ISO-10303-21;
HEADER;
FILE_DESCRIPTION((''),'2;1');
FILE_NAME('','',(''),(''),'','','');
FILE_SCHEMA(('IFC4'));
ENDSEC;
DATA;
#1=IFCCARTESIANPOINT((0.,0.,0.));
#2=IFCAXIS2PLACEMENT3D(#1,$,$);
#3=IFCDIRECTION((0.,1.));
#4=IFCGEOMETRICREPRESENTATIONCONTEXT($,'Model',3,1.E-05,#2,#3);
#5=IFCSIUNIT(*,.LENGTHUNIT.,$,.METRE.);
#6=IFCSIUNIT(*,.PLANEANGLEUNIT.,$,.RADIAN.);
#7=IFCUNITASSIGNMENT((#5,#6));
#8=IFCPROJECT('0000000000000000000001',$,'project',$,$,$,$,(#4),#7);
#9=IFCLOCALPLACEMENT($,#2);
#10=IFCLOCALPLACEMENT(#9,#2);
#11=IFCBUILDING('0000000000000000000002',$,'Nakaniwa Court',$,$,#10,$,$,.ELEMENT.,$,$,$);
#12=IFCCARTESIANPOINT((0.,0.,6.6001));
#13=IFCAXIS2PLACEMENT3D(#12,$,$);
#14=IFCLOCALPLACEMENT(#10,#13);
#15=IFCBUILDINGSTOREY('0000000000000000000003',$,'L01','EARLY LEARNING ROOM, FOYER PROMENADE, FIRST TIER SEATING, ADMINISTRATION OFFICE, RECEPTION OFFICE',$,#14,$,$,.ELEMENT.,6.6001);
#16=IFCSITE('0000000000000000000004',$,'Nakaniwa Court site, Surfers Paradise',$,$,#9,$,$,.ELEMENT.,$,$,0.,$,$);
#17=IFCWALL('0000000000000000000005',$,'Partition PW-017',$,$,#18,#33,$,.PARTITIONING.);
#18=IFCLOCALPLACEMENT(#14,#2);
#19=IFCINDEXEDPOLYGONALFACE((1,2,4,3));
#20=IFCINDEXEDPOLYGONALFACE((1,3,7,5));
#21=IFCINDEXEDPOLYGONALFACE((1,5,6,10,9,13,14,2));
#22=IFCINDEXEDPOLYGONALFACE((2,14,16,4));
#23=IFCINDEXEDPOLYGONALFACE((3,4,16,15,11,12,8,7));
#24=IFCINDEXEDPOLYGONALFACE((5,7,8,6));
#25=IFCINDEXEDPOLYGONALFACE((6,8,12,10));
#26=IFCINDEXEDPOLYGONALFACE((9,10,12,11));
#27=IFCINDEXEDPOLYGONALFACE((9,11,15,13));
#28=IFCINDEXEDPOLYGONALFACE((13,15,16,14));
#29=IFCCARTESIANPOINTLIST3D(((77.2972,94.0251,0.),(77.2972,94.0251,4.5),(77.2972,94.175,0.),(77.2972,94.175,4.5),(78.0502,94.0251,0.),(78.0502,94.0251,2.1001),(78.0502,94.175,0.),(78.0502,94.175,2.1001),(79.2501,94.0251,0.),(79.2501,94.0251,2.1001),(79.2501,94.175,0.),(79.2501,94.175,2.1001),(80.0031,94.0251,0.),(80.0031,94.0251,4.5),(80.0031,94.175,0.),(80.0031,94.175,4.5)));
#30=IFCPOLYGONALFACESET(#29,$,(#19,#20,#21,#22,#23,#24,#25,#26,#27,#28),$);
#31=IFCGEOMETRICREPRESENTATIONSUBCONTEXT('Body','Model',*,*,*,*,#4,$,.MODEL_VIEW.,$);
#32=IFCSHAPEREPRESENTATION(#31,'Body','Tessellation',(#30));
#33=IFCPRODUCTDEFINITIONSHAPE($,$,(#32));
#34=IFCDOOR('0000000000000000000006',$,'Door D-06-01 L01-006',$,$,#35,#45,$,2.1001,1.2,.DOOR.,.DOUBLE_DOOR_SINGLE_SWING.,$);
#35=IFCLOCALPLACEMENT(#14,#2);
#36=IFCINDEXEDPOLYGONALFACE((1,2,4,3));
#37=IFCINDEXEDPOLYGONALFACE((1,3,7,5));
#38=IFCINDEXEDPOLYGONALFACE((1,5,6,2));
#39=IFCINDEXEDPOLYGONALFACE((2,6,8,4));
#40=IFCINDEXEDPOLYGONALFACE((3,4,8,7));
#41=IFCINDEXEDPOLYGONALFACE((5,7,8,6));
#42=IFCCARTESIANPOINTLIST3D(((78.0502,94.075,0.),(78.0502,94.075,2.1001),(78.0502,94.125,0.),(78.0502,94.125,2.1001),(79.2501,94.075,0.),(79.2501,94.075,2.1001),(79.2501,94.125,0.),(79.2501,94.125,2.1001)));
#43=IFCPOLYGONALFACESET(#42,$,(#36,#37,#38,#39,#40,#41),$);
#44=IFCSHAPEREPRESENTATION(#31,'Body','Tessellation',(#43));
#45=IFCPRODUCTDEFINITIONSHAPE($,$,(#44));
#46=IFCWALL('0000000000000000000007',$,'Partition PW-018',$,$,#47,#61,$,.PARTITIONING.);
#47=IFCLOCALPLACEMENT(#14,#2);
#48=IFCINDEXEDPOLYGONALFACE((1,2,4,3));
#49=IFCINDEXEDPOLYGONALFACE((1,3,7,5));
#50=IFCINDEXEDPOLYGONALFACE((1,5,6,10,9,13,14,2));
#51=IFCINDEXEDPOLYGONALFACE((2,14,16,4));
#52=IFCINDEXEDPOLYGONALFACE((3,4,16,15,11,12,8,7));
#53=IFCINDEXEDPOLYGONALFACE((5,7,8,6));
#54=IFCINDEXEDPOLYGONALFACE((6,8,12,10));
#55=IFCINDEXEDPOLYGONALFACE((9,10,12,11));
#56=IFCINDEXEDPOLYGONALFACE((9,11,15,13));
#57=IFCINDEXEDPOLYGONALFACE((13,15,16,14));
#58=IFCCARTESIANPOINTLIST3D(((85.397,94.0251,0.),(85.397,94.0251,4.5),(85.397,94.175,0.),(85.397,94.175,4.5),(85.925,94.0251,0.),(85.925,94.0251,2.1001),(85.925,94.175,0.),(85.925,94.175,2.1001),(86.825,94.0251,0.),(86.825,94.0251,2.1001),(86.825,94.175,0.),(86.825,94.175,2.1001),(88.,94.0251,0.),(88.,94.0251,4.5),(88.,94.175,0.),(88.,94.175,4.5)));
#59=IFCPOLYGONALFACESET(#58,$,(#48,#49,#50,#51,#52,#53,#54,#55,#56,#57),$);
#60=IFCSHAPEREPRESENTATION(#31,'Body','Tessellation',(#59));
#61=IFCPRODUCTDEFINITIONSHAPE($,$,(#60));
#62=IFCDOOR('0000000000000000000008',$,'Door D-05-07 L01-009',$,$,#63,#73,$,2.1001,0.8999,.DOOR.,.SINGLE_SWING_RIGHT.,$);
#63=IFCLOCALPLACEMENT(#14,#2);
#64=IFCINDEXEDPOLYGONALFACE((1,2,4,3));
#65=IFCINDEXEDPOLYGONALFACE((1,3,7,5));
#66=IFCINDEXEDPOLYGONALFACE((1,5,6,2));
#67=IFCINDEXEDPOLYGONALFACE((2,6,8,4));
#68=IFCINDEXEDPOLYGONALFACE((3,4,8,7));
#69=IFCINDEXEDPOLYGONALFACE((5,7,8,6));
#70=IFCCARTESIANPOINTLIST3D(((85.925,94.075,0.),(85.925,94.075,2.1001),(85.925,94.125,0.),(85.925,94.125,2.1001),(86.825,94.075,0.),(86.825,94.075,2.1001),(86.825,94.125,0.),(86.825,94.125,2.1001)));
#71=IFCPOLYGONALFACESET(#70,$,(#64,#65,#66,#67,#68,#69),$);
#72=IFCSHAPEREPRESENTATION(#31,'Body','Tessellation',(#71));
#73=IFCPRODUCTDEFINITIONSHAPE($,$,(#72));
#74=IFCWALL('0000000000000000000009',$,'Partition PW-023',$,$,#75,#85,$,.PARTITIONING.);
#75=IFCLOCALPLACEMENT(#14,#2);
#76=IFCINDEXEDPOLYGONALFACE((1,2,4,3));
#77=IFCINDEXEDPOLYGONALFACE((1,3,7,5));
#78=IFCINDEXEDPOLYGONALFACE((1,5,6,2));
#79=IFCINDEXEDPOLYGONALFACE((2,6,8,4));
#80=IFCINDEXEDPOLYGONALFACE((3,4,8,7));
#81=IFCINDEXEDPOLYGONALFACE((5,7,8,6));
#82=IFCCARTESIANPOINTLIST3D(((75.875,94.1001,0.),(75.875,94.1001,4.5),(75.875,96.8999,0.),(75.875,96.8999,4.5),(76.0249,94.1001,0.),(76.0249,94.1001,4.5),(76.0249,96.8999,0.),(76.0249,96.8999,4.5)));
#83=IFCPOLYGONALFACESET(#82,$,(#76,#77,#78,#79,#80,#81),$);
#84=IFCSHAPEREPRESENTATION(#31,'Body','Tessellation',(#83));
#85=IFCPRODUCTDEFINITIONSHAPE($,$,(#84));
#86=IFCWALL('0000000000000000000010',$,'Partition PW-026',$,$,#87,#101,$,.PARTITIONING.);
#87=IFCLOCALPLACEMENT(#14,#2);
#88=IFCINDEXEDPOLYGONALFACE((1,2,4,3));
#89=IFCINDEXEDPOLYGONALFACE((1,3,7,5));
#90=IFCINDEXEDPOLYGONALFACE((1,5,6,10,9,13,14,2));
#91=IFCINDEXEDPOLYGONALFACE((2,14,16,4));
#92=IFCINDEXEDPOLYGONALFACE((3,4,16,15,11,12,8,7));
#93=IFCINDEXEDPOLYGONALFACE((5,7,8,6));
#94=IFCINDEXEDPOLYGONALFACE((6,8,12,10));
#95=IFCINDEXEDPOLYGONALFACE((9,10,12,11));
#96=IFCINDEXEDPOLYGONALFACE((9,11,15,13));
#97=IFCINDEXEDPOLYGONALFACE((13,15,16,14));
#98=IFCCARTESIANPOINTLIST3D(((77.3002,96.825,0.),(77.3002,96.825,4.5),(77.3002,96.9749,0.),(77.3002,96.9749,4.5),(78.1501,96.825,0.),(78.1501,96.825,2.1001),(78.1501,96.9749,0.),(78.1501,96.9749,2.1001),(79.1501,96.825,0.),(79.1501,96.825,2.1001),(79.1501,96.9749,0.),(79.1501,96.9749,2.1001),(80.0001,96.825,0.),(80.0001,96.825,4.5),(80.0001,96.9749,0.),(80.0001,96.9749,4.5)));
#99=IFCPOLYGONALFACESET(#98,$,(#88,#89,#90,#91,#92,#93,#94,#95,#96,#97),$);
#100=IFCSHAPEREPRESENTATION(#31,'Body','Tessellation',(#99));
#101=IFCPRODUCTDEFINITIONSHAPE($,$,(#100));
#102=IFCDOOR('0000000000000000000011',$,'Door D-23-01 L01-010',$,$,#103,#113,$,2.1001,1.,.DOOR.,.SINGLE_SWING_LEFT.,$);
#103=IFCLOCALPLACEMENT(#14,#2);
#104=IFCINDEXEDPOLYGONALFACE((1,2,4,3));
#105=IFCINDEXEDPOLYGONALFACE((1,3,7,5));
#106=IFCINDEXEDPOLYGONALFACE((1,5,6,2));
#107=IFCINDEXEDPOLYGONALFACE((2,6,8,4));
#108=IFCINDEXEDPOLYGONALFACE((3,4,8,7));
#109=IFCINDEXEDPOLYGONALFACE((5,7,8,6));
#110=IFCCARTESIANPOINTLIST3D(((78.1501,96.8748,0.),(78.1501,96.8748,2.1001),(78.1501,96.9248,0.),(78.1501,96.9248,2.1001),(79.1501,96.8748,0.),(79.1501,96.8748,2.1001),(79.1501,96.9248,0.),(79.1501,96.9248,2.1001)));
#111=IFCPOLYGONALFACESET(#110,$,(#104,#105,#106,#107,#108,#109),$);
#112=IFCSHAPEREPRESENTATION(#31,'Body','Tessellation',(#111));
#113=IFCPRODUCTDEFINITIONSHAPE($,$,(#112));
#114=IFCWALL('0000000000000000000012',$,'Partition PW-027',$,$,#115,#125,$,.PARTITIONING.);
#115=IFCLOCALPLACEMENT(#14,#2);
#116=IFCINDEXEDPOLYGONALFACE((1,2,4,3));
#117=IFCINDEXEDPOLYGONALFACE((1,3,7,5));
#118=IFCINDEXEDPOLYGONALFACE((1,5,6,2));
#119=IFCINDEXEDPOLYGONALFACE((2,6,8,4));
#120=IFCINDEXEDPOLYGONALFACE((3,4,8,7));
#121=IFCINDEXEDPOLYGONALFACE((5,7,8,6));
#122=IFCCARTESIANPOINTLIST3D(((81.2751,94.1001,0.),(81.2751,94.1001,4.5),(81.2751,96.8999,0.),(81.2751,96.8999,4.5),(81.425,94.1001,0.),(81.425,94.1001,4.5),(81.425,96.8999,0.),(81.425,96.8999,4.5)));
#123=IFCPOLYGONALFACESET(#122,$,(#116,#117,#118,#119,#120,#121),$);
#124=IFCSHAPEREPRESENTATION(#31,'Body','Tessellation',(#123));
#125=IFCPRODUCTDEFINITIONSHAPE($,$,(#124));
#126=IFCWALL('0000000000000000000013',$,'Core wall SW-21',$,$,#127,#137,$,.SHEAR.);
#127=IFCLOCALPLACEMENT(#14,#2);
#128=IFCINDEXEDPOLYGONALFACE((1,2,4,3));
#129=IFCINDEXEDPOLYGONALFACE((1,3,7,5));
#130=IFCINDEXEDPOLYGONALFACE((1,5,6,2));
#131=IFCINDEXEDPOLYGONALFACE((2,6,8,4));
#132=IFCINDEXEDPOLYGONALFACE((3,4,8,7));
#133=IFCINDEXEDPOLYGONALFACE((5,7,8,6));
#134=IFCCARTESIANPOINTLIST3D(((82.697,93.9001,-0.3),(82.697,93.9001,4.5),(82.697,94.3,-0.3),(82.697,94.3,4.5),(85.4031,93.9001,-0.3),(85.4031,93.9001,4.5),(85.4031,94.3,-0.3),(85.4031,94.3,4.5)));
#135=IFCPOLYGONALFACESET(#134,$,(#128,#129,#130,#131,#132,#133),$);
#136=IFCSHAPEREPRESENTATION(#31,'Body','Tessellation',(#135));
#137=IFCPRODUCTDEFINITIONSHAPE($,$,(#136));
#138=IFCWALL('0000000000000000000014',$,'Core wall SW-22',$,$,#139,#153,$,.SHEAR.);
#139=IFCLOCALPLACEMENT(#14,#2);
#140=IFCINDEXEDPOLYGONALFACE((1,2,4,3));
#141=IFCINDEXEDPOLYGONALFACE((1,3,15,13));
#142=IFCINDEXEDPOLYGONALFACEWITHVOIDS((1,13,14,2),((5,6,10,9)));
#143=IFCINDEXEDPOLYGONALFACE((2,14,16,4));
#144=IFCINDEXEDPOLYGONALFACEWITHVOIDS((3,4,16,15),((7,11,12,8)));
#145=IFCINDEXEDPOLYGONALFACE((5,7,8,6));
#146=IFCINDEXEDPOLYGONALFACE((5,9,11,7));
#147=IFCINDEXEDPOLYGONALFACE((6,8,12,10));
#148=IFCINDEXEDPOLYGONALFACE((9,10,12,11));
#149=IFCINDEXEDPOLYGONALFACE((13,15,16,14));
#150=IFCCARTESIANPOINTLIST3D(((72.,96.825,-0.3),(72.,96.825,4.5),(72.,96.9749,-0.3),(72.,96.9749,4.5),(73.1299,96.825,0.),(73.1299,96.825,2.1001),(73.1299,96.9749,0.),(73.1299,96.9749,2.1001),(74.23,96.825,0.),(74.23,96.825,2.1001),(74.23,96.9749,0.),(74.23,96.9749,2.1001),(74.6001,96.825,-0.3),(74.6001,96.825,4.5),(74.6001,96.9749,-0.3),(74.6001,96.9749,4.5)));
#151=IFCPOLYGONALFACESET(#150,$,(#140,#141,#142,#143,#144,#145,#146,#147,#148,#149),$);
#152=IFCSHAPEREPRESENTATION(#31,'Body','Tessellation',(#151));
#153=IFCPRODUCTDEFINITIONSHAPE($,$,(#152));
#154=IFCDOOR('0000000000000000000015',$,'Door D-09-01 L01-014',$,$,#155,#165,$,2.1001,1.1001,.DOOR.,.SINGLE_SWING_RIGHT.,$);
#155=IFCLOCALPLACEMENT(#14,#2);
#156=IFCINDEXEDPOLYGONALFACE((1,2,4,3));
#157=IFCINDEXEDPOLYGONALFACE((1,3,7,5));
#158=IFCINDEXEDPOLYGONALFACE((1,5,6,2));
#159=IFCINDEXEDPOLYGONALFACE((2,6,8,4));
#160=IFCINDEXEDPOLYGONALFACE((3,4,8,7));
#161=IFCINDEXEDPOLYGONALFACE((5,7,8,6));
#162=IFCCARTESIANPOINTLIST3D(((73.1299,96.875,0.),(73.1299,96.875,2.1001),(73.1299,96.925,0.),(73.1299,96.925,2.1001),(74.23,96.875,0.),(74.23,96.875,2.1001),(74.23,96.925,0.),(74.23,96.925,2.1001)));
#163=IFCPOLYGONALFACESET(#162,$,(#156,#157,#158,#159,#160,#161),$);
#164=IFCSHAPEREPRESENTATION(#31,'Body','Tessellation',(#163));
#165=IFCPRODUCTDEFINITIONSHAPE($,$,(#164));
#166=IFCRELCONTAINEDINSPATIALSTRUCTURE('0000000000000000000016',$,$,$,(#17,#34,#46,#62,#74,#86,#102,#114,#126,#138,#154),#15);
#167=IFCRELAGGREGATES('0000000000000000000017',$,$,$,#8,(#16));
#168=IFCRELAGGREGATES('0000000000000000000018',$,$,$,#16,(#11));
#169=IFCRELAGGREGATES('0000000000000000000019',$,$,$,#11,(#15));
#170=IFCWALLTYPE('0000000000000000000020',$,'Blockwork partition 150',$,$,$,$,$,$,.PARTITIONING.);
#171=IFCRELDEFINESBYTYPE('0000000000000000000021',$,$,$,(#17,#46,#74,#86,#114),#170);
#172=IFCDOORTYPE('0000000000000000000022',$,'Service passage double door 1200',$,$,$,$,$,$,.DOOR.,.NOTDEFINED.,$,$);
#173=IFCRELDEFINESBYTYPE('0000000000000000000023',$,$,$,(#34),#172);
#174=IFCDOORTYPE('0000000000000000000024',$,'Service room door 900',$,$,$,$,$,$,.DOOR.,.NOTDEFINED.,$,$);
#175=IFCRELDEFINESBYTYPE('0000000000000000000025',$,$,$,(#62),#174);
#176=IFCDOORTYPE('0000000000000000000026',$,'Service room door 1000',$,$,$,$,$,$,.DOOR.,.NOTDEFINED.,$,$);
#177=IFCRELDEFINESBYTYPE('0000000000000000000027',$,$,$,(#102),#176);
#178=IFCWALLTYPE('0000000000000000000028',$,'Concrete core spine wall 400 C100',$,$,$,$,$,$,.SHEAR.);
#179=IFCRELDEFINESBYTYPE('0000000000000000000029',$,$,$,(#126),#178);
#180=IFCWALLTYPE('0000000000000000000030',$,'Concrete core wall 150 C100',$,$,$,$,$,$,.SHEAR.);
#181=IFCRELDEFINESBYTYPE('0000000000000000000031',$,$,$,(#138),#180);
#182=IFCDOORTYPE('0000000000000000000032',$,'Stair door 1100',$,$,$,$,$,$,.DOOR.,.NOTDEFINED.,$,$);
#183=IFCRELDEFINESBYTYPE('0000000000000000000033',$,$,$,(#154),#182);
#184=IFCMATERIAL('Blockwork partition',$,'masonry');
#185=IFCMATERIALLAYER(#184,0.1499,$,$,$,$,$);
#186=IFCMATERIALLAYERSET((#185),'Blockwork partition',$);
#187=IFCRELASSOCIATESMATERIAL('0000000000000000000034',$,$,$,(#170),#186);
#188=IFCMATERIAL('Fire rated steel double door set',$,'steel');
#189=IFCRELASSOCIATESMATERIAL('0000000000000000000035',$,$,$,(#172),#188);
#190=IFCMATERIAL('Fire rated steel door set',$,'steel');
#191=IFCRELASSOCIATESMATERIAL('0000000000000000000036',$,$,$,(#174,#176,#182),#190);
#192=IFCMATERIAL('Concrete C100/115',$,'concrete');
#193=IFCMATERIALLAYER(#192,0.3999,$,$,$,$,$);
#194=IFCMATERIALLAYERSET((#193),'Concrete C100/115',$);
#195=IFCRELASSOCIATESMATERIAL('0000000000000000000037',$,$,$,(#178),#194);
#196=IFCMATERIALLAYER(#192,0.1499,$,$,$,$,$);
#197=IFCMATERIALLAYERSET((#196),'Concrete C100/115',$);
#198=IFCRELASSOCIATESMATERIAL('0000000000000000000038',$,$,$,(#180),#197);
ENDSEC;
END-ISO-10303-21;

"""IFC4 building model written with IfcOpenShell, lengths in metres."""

from ifc_helpers import new_model, si_unit, direction, frame, frame_2d, origin, place, context, subcontext, project, spatial, rectangle, extrude, material, layer, layer_set, type_object, element, fill, save


model = new_model("IFC4")

# Units and contexts
model_context = context("Model", 3, precision=1e-05, world=origin(), true_north=direction((0.0, 1.0)))
body_context = subcontext(model_context, "Body", "Model", "MODEL_VIEW")
ifc_project = project(units=[si_unit("LENGTHUNIT", "METRE"), si_unit("PLANEANGLEUNIT", "RADIAN")], contexts=[model_context])

# Site, building, storey
site_placement = place(None, origin())
site = spatial("IfcSite", under=ifc_project, at=site_placement, Name="Nakaniwa Court site, Surfers Paradise", CompositionType="ELEMENT", RefElevation=0.0)
building_placement = place(site_placement, origin())
building = spatial("IfcBuilding", under=site, at=building_placement, Name="Nakaniwa Court", CompositionType="ELEMENT")
storey_placement = place(building_placement, frame((0.0, 0.0, 6.6001)))
storey = spatial("IfcBuildingStorey", under=building, at=storey_placement, Name="L01", Description="EARLY LEARNING ROOM, FOYER PROMENADE, FIRST TIER SEATING, ADMINISTRATION OFFICE, RECEPTION OFFICE", CompositionType="ELEMENT", Elevation=6.6001)

# Walls, openings, doors
ifc_material_1 = material(Name="Blockwork partition", Category="masonry")
ifc_layer_1 = layer(ifc_material_1, 0.1499)
ifc_layer_set_1 = layer_set([ifc_layer_1], Name="Blockwork partition")
wall_type_1 = type_object("IfcWallType", Name="Blockwork partition 150", PredefinedType="PARTITIONING", material=ifc_layer_set_1)
wall_1_placement = place(storey_placement, frame((77.2971, 94.1001, 0.0), z_axis=(0.0, 0.0, 1.0), x_axis=(1.0, 0.0, 0.0)))
wall_1 = element("IfcWall", 1, at=wall_1_placement, inside=storey, type_object=wall_type_1, Name="Partition PW-017", PredefinedType="PARTITIONING", context=body_context, shape_type="SweptSolid", body=[
    extrude(rectangle(XDim=2.7058, YDim=0.1499, at=frame_2d((1.353, 0.0))), origin(), (0.0, 0.0, 1.0), 4.5),
])
opening_1_placement = place(wall_1_placement, frame((0.7529, 0.0, 0.0)))
opening_1 = element("IfcOpeningElement", 2, at=opening_1_placement, cuts=wall_1, PredefinedType="OPENING", context=body_context, shape_type="SweptSolid", body=[
    extrude(rectangle(XDim=1.2, YDim=2.1001, at=frame_2d((0.6001, 1.05))), frame((0.0, 0.085, 0.0), z_axis=(0.0, -1.0, 0.0), x_axis=(1.0, 0.0, 0.0)), (0.0, 0.0, 1.0), 0.1699),
])
ifc_material_2 = material(Name="Fire rated steel double door set", Category="steel")
door_type_1 = type_object("IfcDoorType", Name="Service passage double door 1200", OperationType="NOTDEFINED", PredefinedType="DOOR", material=ifc_material_2)
door_1_placement = place(opening_1_placement, origin())
door_1 = element("IfcDoor", 3, at=door_1_placement, inside=storey, type_object=door_type_1, Name="Door D-06-01 L01-006", OperationType="DOUBLE_DOOR_SINGLE_SWING", OverallHeight=2.1001, OverallWidth=1.2, PredefinedType="DOOR", context=body_context, shape_type="SweptSolid", body=[
    extrude(rectangle(XDim=1.2, YDim=2.1001, at=frame_2d((0.6001, 1.05))), frame((0.0, 0.0249, 0.0), z_axis=(0.0, -1.0, 0.0), x_axis=(1.0, 0.0, 0.0)), (0.0, 0.0, 1.0), 0.05),
])
fill(opening_1, door_1)
wall_2_placement = place(storey_placement, frame((85.397, 94.1001, 0.0), z_axis=(0.0, 0.0, 1.0), x_axis=(1.0, 0.0, 0.0)))
wall_2 = element("IfcWall", 4, at=wall_2_placement, inside=storey, type_object=wall_type_1, Name="Partition PW-018", PredefinedType="PARTITIONING", context=body_context, shape_type="SweptSolid", body=[
    extrude(rectangle(XDim=2.603, YDim=0.1499, at=frame_2d((1.3015, 0.0))), origin(), (0.0, 0.0, 1.0), 4.5),
])
opening_2_placement = place(wall_2_placement, frame((0.5281, 0.0, 0.0)))
opening_2 = element("IfcOpeningElement", 5, at=opening_2_placement, cuts=wall_2, PredefinedType="OPENING", context=body_context, shape_type="SweptSolid", body=[
    extrude(rectangle(XDim=0.8999, YDim=2.1001, at=frame_2d((0.45, 1.05))), frame((0.0, 0.085, 0.0), z_axis=(0.0, -1.0, 0.0), x_axis=(1.0, 0.0, 0.0)), (0.0, 0.0, 1.0), 0.1699),
])
ifc_material_3 = material(Name="Fire rated steel door set", Category="steel")
door_type_2 = type_object("IfcDoorType", Name="Service room door 900", OperationType="NOTDEFINED", PredefinedType="DOOR", material=ifc_material_3)
door_2_placement = place(opening_2_placement, origin())
door_2 = element("IfcDoor", 6, at=door_2_placement, inside=storey, type_object=door_type_2, Name="Door D-05-07 L01-009", OperationType="SINGLE_SWING_RIGHT", OverallHeight=2.1001, OverallWidth=0.8999, PredefinedType="DOOR", context=body_context, shape_type="SweptSolid", body=[
    extrude(rectangle(XDim=0.8999, YDim=2.1001, at=frame_2d((0.45, 1.05))), frame((0.0, 0.0249, 0.0), z_axis=(0.0, -1.0, 0.0), x_axis=(1.0, 0.0, 0.0)), (0.0, 0.0, 1.0), 0.05),
])
fill(opening_2, door_2)

# Wall
wall_3_placement = place(storey_placement, frame((75.95, 94.1001, 0.0), z_axis=(0.0, 0.0, 1.0), x_axis=(0.0, 1.0, 0.0)))
element("IfcWall", 7, at=wall_3_placement, inside=storey, type_object=wall_type_1, Name="Partition PW-023", PredefinedType="PARTITIONING", context=body_context, shape_type="SweptSolid", body=[
    extrude(rectangle(XDim=2.7998, YDim=0.1499, at=frame_2d((1.3999, 0.0))), origin(), (0.0, 0.0, 1.0), 4.5),
])

# Wall, opening, door
wall_4_placement = place(storey_placement, frame((77.3, 96.8999, 0.0), z_axis=(0.0, 0.0, 1.0), x_axis=(1.0, 0.0, 0.0)))
wall_4 = element("IfcWall", 8, at=wall_4_placement, inside=storey, type_object=wall_type_1, Name="Partition PW-026", PredefinedType="PARTITIONING", context=body_context, shape_type="SweptSolid", body=[
    extrude(rectangle(XDim=2.7, YDim=0.1499, at=frame_2d((1.3501, 0.0))), origin(), (0.0, 0.0, 1.0), 4.5),
])
opening_3_placement = place(wall_4_placement, frame((0.8501, 0.0, 0.0)))
opening_3 = element("IfcOpeningElement", 9, at=opening_3_placement, cuts=wall_4, PredefinedType="OPENING", context=body_context, shape_type="SweptSolid", body=[
    extrude(rectangle(XDim=1.0, YDim=2.1001, at=frame_2d((0.5, 1.05))), frame((0.0, 0.085, 0.0), z_axis=(0.0, -1.0, 0.0), x_axis=(1.0, 0.0, 0.0)), (0.0, 0.0, 1.0), 0.1699),
])
door_type_3 = type_object("IfcDoorType", Name="Service room door 1000", OperationType="NOTDEFINED", PredefinedType="DOOR", material=ifc_material_3)
door_3_placement = place(opening_3_placement, origin())
door_3 = element("IfcDoor", 10, at=door_3_placement, inside=storey, type_object=door_type_3, Name="Door D-23-01 L01-010", OperationType="SINGLE_SWING_LEFT", OverallHeight=2.1001, OverallWidth=1.0, PredefinedType="DOOR", context=body_context, shape_type="SweptSolid", body=[
    extrude(rectangle(XDim=1.0, YDim=2.1001, at=frame_2d((0.5, 1.05))), frame((0.0, 0.0249, 0.0), z_axis=(0.0, -1.0, 0.0), x_axis=(1.0, 0.0, 0.0)), (0.0, 0.0, 1.0), 0.05),
])
fill(opening_3, door_3)

# Walls
wall_5_placement = place(storey_placement, frame((81.3501, 94.1001, 0.0), z_axis=(0.0, 0.0, 1.0), x_axis=(0.0, 1.0, 0.0)))
element("IfcWall", 11, at=wall_5_placement, inside=storey, type_object=wall_type_1, Name="Partition PW-027", PredefinedType="PARTITIONING", context=body_context, shape_type="SweptSolid", body=[
    extrude(rectangle(XDim=2.7998, YDim=0.1499, at=frame_2d((1.3999, 0.0))), origin(), (0.0, 0.0, 1.0), 4.5),
])
ifc_material_4 = material(Name="Concrete C100/115", Category="concrete")
ifc_layer_2 = layer(ifc_material_4, 0.3999)
ifc_layer_set_2 = layer_set([ifc_layer_2], Name="Concrete C100/115")
wall_type_2 = type_object("IfcWallType", Name="Concrete core spine wall 400 C100", PredefinedType="SHEAR", material=ifc_layer_set_2)
wall_6_placement = place(storey_placement, frame((82.697, 94.1001, -0.3), z_axis=(0.0, 0.0, 1.0), x_axis=(1.0, 0.0, 0.0)))
element("IfcWall", 12, at=wall_6_placement, inside=storey, type_object=wall_type_2, Name="Core wall SW-21", PredefinedType="SHEAR", context=body_context, shape_type="SweptSolid", body=[
    extrude(rectangle(XDim=2.7061, YDim=0.3999, at=frame_2d((1.353, 0.0))), origin(), (0.0, 0.0, 1.0), 4.8),
])

# Wall, opening, door
ifc_layer_3 = layer(ifc_material_4, 0.1499)
ifc_layer_set_3 = layer_set([ifc_layer_3], Name="Concrete C100/115")
wall_type_3 = type_object("IfcWallType", Name="Concrete core wall 150 C100", PredefinedType="SHEAR", material=ifc_layer_set_3)
wall_7_placement = place(storey_placement, frame((74.6001, 96.8999, -0.3), z_axis=(0.0, 0.0, 1.0), x_axis=(-1.0, 0.0, 0.0)))
wall_7 = element("IfcWall", 13, at=wall_7_placement, inside=storey, type_object=wall_type_3, Name="Core wall SW-22", PredefinedType="SHEAR", context=body_context, shape_type="SweptSolid", body=[
    extrude(rectangle(XDim=2.6001, YDim=0.1499, at=frame_2d((1.3, 0.0))), origin(), (0.0, 0.0, 1.0), 4.8),
])
opening_4_placement = place(wall_7_placement, frame((0.3701, 0.0, 0.3)))
opening_4 = element("IfcOpeningElement", 14, at=opening_4_placement, cuts=wall_7, PredefinedType="OPENING", context=body_context, shape_type="SweptSolid", body=[
    extrude(rectangle(XDim=1.1001, YDim=2.1001, at=frame_2d((0.55, 1.05))), frame((0.0, 0.085, 0.0), z_axis=(0.0, -1.0, 0.0), x_axis=(1.0, 0.0, 0.0)), (0.0, 0.0, 1.0), 0.1699),
])
door_type_4 = type_object("IfcDoorType", Name="Stair door 1100", OperationType="NOTDEFINED", PredefinedType="DOOR", material=ifc_material_3)
door_4_placement = place(opening_4_placement, origin())
door_4 = element("IfcDoor", 15, at=door_4_placement, inside=storey, type_object=door_type_4, Name="Door D-09-01 L01-014", OperationType="SINGLE_SWING_RIGHT", OverallHeight=2.1001, OverallWidth=1.1001, PredefinedType="DOOR", context=body_context, shape_type="SweptSolid", body=[
    extrude(rectangle(XDim=1.1001, YDim=2.1001, at=frame_2d((0.55, 1.05))), frame((0.0, 0.0249, 0.0), z_axis=(0.0, -1.0, 0.0), x_axis=(1.0, 0.0, 0.0)), (0.0, 0.0, 1.0), 0.05),
])
fill(opening_4, door_4)

save(model, "model.ifc")
